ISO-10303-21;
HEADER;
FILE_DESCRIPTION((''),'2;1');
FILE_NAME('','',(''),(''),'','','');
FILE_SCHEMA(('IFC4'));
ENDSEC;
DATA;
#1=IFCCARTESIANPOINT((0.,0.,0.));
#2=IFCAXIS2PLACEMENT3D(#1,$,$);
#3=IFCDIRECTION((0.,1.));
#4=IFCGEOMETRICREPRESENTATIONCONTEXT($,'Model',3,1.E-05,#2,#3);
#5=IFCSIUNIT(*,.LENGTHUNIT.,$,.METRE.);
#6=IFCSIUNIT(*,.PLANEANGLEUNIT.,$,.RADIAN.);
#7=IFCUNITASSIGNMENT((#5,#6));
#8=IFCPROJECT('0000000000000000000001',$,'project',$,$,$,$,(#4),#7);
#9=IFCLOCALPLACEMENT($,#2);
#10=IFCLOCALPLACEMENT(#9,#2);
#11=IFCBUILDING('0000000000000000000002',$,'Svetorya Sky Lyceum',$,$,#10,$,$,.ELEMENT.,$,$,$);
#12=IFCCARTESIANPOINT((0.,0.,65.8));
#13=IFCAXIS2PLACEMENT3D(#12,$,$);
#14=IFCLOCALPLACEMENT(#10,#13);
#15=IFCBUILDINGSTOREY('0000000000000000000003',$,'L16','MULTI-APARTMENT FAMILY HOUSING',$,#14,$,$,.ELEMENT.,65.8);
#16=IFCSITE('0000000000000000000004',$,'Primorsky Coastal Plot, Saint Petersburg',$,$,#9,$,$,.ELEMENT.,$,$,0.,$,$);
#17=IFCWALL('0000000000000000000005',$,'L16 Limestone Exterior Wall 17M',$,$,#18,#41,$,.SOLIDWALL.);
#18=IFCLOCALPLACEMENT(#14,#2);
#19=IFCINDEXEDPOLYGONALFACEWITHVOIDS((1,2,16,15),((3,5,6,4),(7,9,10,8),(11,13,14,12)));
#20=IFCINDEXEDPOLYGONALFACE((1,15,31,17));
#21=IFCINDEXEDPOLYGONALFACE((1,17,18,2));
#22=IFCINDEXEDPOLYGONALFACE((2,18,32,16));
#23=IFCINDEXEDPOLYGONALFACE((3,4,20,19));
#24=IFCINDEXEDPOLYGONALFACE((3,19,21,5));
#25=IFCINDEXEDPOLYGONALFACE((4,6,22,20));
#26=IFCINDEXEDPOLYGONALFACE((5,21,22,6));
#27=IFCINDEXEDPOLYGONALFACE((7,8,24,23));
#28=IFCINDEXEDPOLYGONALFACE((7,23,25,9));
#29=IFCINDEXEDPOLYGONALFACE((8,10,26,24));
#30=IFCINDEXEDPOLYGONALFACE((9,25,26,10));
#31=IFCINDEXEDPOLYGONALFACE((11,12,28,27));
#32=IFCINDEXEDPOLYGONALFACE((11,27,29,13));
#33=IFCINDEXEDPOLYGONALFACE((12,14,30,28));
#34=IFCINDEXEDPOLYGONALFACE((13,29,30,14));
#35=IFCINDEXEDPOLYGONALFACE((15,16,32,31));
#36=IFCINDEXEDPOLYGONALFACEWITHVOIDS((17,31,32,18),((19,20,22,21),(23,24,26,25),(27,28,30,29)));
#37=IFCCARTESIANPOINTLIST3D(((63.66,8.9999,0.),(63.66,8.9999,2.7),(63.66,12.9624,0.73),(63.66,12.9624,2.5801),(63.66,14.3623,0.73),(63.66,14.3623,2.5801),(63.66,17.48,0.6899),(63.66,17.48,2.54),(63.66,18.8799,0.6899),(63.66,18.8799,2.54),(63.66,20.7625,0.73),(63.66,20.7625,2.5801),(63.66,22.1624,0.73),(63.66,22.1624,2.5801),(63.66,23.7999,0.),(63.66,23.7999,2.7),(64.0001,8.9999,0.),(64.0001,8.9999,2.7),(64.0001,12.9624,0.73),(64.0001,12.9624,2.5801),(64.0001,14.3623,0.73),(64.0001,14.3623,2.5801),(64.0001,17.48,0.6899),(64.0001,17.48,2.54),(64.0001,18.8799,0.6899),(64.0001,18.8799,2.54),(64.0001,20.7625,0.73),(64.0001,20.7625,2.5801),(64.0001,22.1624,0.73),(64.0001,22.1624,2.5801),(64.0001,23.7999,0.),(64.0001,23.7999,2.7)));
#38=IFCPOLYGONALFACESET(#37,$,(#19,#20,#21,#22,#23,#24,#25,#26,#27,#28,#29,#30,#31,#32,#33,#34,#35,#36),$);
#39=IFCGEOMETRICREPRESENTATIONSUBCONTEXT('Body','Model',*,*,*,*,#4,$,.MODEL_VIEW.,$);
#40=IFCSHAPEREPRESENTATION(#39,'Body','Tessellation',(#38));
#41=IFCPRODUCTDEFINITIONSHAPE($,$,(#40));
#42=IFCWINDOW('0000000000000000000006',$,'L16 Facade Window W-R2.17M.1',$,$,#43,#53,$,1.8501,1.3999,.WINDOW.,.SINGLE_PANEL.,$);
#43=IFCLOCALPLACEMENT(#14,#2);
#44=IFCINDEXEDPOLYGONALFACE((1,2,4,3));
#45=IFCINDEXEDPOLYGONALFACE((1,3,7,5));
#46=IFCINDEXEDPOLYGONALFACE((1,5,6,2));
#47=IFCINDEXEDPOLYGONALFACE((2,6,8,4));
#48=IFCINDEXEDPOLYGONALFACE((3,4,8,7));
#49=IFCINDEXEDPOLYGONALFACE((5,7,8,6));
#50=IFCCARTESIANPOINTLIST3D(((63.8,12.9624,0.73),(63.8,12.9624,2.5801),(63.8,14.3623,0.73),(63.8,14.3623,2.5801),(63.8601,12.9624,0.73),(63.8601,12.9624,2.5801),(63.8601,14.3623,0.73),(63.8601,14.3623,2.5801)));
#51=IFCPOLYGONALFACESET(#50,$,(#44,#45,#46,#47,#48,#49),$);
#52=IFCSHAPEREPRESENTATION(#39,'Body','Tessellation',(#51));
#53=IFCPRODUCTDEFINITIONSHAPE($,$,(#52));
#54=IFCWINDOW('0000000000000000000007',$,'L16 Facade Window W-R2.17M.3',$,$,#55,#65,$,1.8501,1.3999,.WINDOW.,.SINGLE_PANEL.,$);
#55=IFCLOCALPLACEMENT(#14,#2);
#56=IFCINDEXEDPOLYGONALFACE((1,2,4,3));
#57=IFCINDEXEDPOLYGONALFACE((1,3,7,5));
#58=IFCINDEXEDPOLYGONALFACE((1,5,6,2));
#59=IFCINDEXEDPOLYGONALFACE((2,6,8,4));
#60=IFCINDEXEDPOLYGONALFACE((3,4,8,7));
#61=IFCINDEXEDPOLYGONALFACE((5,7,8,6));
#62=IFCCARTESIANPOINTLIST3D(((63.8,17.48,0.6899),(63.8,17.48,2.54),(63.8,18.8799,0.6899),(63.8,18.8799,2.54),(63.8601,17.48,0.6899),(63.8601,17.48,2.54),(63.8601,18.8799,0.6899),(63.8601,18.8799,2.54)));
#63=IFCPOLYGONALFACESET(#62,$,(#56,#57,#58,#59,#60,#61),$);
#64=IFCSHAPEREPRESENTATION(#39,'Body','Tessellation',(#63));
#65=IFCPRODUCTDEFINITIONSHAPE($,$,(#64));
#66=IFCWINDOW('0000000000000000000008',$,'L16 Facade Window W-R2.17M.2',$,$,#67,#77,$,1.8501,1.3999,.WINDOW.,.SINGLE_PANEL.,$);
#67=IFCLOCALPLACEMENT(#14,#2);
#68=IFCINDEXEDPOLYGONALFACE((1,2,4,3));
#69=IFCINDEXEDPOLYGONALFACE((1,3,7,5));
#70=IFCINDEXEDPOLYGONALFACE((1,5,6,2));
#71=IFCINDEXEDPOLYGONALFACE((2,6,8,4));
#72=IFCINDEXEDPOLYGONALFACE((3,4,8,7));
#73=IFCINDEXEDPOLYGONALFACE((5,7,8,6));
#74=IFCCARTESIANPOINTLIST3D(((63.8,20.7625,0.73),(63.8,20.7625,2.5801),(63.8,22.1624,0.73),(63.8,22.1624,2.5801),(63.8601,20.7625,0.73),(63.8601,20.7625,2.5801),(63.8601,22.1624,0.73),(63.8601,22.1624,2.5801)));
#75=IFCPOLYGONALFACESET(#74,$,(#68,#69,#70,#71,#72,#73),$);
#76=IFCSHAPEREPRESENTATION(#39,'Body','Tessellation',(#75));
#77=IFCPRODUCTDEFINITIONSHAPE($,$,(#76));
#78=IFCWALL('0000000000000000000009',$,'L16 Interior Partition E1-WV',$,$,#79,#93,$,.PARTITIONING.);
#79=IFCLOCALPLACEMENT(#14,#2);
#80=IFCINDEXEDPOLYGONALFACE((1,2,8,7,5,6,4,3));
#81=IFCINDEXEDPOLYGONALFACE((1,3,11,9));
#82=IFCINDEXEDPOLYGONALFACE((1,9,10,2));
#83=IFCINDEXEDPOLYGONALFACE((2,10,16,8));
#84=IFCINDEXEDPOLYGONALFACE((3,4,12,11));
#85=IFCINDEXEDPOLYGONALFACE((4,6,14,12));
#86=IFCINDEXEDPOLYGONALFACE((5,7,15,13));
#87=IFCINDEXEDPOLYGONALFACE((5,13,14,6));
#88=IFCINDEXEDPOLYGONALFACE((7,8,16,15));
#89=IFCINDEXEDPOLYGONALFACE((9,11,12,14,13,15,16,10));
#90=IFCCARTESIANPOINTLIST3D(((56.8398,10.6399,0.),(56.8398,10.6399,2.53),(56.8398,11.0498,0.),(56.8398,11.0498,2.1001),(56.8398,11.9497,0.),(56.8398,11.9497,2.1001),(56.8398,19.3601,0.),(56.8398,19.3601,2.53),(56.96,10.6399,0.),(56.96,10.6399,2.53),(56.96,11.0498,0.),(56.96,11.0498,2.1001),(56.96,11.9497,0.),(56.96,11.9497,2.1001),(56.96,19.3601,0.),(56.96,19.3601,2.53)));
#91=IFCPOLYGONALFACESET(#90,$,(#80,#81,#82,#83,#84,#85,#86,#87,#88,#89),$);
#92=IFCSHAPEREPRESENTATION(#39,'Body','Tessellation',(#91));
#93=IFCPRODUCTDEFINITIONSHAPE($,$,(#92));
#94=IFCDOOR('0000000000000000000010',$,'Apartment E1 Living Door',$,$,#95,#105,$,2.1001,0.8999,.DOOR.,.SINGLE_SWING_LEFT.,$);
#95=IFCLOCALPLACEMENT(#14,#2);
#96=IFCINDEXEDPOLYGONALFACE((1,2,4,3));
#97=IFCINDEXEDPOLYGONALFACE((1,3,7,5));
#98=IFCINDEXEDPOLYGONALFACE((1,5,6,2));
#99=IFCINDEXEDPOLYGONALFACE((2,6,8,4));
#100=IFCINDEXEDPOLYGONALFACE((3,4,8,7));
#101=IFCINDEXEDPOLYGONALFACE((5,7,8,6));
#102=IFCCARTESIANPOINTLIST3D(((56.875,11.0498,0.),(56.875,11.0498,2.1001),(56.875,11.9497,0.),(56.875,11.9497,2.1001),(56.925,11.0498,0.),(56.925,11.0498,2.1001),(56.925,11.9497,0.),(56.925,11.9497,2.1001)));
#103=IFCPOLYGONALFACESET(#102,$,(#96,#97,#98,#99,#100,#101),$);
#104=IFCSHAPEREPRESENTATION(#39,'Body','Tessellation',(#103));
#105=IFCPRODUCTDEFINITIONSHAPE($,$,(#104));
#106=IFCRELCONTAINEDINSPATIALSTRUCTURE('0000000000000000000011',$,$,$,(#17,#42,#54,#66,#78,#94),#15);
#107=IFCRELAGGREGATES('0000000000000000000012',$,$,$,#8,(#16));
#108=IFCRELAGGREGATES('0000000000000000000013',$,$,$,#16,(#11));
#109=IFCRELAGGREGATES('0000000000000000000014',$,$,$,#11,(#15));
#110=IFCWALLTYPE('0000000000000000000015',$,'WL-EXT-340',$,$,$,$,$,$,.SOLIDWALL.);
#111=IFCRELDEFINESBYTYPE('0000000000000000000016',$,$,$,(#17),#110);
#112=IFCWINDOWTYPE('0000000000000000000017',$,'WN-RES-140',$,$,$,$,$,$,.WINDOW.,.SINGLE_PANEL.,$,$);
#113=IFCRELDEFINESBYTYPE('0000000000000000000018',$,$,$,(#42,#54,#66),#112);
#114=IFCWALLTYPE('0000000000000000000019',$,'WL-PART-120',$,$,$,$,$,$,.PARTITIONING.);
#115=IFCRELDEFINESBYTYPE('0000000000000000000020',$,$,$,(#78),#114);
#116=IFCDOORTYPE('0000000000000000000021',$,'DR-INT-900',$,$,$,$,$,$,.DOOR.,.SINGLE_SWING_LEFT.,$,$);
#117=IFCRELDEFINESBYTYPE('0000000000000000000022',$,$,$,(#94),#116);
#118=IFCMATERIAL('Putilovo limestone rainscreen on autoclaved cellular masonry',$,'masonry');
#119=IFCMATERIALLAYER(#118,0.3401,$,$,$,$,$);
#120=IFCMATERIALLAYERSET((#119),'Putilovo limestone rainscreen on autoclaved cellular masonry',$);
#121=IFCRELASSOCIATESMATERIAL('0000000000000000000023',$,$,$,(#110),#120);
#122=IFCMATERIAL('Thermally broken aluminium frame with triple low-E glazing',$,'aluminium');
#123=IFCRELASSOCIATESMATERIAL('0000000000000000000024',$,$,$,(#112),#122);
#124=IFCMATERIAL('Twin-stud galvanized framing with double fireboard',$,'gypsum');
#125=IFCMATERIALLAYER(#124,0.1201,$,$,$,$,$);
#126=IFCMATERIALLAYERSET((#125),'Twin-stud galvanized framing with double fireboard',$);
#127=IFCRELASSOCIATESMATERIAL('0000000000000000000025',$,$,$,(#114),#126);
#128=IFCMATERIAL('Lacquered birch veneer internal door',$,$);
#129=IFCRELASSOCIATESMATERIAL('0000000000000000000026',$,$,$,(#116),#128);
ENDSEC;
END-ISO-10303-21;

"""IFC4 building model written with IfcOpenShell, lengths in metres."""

from ifc_helpers import new_model, si_unit, direction, frame, frame_2d, origin, place, context, subcontext, project, spatial, rectangle, extrude, material, layer, layer_set, type_object, element, fill, save


model = new_model("IFC4")

# Units and contexts
model_context = context("Model", 3, precision=1e-05, world=origin(), true_north=direction((0.0, 1.0)))
body_context = subcontext(model_context, "Body", "Model", "MODEL_VIEW")
ifc_project = project(units=[si_unit("LENGTHUNIT", "METRE"), si_unit("PLANEANGLEUNIT", "RADIAN")], contexts=[model_context])

# Site, building, storey
site_placement = place(None, origin())
site = spatial("IfcSite", under=ifc_project, at=site_placement, Name="Primorsky Coastal Plot, Saint Petersburg", CompositionType="ELEMENT", RefElevation=0.0)
building_placement = place(site_placement, origin())
building = spatial("IfcBuilding", under=site, at=building_placement, Name="Svetorya Sky Lyceum", CompositionType="ELEMENT")
storey_placement = place(building_placement, frame((0.0, 0.0, 65.8)))
storey = spatial("IfcBuildingStorey", under=building, at=storey_placement, Name="L16", Description="MULTI-APARTMENT FAMILY HOUSING", CompositionType="ELEMENT", Elevation=65.8)

# Shared definitions
ifc_material_1 = material(Name="Putilovo limestone rainscreen on autoclaved cellular masonry", Category="masonry")
ifc_layer_1 = layer(ifc_material_1, 0.3401)
ifc_layer_set_1 = layer_set([ifc_layer_1], Name="Putilovo limestone rainscreen on autoclaved cellular masonry")
wall_type_1 = type_object("IfcWallType", Name="WL-EXT-340", PredefinedType="SOLIDWALL", material=ifc_layer_set_1)

# Wall, openings, windows
wall_1_placement = place(storey_placement, frame((63.8301, 9.0, 0.0), z_axis=(0.0, 0.0, 1.0), x_axis=(0.0, 1.0, 0.0)))
wall_1 = element("IfcWall", 1, at=wall_1_placement, inside=storey, type_object=wall_type_1, Name="L16 Limestone Exterior Wall 17M", PredefinedType="SOLIDWALL", context=body_context, shape_type="SweptSolid", body=[
    extrude(rectangle(XDim=14.8, YDim=0.3401, at=frame_2d((7.3999, 0.0))), origin(), (0.0, 0.0, 1.0), 2.7),
])
opening_1_placement = place(wall_1_placement, frame((3.9624, 0.0, 0.73)))
opening_1 = element("IfcOpeningElement", 2, at=opening_1_placement, cuts=wall_1, PredefinedType="OPENING", context=body_context, shape_type="SweptSolid", body=[
    extrude(rectangle(XDim=1.3999, YDim=1.8501, at=frame_2d((0.7, 0.925))), frame((0.0, 0.1799, 0.0), z_axis=(0.0, -1.0, 0.0), x_axis=(1.0, 0.0, 0.0)), (0.0, 0.0, 1.0), 0.3601),
])
opening_2_placement = place(wall_1_placement, frame((8.48, 0.0, 0.6899)))
opening_2 = element("IfcOpeningElement", 3, at=opening_2_placement, cuts=wall_1, PredefinedType="OPENING", context=body_context, shape_type="SweptSolid", body=[
    extrude(rectangle(XDim=1.3999, YDim=1.8501, at=frame_2d((0.7, 0.925))), frame((0.0, 0.1799, 0.0), z_axis=(0.0, -1.0, 0.0), x_axis=(1.0, 0.0, 0.0)), (0.0, 0.0, 1.0), 0.3601),
])
opening_3_placement = place(wall_1_placement, frame((11.7625, 0.0, 0.73)))
opening_3 = element("IfcOpeningElement", 4, at=opening_3_placement, cuts=wall_1, PredefinedType="OPENING", context=body_context, shape_type="SweptSolid", body=[
    extrude(rectangle(XDim=1.3999, YDim=1.8501, at=frame_2d((0.7, 0.925))), frame((0.0, 0.1799, 0.0), z_axis=(0.0, -1.0, 0.0), x_axis=(1.0, 0.0, 0.0)), (0.0, 0.0, 1.0), 0.3601),
])
ifc_material_2 = material(Name="Thermally broken aluminium frame with triple low-E glazing", Category="aluminium")
window_type = type_object("IfcWindowType", Name="WN-RES-140", PartitioningType="SINGLE_PANEL", PredefinedType="WINDOW", material=ifc_material_2)
window_1_placement = place(opening_1_placement, origin())
window_1 = element("IfcWindow", 5, at=window_1_placement, inside=storey, type_object=window_type, Name="L16 Facade Window W-R2.17M.1", OverallHeight=1.8501, OverallWidth=1.3999, PartitioningType="SINGLE_PANEL", PredefinedType="WINDOW", context=body_context, shape_type="SweptSolid", body=[
    extrude(rectangle(XDim=1.3999, YDim=1.8501, at=frame_2d((0.7, 0.925))), frame((0.0, 0.03, 0.0), z_axis=(0.0, -1.0, 0.0), x_axis=(1.0, 0.0, 0.0)), (0.0, 0.0, 1.0), 0.0601),
])
fill(opening_1, window_1)
window_2_placement = place(opening_2_placement, origin())
window_2 = element("IfcWindow", 6, at=window_2_placement, inside=storey, type_object=window_type, Name="L16 Facade Window W-R2.17M.3", OverallHeight=1.8501, OverallWidth=1.3999, PartitioningType="SINGLE_PANEL", PredefinedType="WINDOW", context=body_context, shape_type="SweptSolid", body=[
    extrude(rectangle(XDim=1.3999, YDim=1.8501, at=frame_2d((0.7, 0.925))), frame((0.0, 0.03, 0.0), z_axis=(0.0, -1.0, 0.0), x_axis=(1.0, 0.0, 0.0)), (0.0, 0.0, 1.0), 0.0601),
])
fill(opening_2, window_2)
window_3_placement = place(opening_3_placement, origin())
window_3 = element("IfcWindow", 7, at=window_3_placement, inside=storey, type_object=window_type, Name="L16 Facade Window W-R2.17M.2", OverallHeight=1.8501, OverallWidth=1.3999, PartitioningType="SINGLE_PANEL", PredefinedType="WINDOW", context=body_context, shape_type="SweptSolid", body=[
    extrude(rectangle(XDim=1.3999, YDim=1.8501, at=frame_2d((0.7, 0.925))), frame((0.0, 0.03, 0.0), z_axis=(0.0, -1.0, 0.0), x_axis=(1.0, 0.0, 0.0)), (0.0, 0.0, 1.0), 0.0601),
])
fill(opening_3, window_3)

# Wall, opening, door
ifc_material_3 = material(Name="Twin-stud galvanized framing with double fireboard", Category="gypsum")
ifc_layer_2 = layer(ifc_material_3, 0.1201)
ifc_layer_set_2 = layer_set([ifc_layer_2], Name="Twin-stud galvanized framing with double fireboard")
wall_type_2 = type_object("IfcWallType", Name="WL-PART-120", PredefinedType="PARTITIONING", material=ifc_layer_set_2)
wall_2_placement = place(storey_placement, frame((56.8999, 10.6399, 0.0), z_axis=(0.0, 0.0, 1.0), x_axis=(0.0, 1.0, 0.0)))
wall_2 = element("IfcWall", 8, at=wall_2_placement, inside=storey, type_object=wall_type_2, Name="L16 Interior Partition E1-WV", PredefinedType="PARTITIONING", context=body_context, shape_type="SweptSolid", body=[
    extrude(rectangle(XDim=8.7202, YDim=0.1201, at=frame_2d((4.3601, 0.0))), origin(), (0.0, 0.0, 1.0), 2.53),
])
opening_4_placement = place(wall_2_placement, frame((0.4099, 0.0, 0.0)))
opening_4 = element("IfcOpeningElement", 9, at=opening_4_placement, cuts=wall_2, PredefinedType="OPENING", context=body_context, shape_type="SweptSolid", body=[
    extrude(rectangle(XDim=0.8999, YDim=2.1001, at=frame_2d((0.45, 1.05))), frame((0.0, 0.0701, 0.0), z_axis=(0.0, -1.0, 0.0), x_axis=(1.0, 0.0, 0.0)), (0.0, 0.0, 1.0), 0.1401),
])
ifc_material_4 = material(Name="Lacquered birch veneer internal door")
door_type_1 = type_object("IfcDoorType", Name="DR-INT-900", OperationType="SINGLE_SWING_LEFT", PredefinedType="DOOR", material=ifc_material_4)
door_1_placement = place(opening_4_placement, origin())
door_1 = element("IfcDoor", 10, at=door_1_placement, inside=storey, type_object=door_type_1, Name="Apartment E1 Living Door", OperationType="SINGLE_SWING_LEFT", OverallHeight=2.1001, OverallWidth=0.8999, PredefinedType="DOOR", context=body_context, shape_type="SweptSolid", body=[
    extrude(rectangle(XDim=0.8999, YDim=2.1001, at=frame_2d((0.45, 1.05))), frame((0.0, 0.0249, 0.0), z_axis=(0.0, -1.0, 0.0), x_axis=(1.0, 0.0, 0.0)), (0.0, 0.0, 1.0), 0.05),
])
fill(opening_4, door_1)

save(model, "model.ifc")
